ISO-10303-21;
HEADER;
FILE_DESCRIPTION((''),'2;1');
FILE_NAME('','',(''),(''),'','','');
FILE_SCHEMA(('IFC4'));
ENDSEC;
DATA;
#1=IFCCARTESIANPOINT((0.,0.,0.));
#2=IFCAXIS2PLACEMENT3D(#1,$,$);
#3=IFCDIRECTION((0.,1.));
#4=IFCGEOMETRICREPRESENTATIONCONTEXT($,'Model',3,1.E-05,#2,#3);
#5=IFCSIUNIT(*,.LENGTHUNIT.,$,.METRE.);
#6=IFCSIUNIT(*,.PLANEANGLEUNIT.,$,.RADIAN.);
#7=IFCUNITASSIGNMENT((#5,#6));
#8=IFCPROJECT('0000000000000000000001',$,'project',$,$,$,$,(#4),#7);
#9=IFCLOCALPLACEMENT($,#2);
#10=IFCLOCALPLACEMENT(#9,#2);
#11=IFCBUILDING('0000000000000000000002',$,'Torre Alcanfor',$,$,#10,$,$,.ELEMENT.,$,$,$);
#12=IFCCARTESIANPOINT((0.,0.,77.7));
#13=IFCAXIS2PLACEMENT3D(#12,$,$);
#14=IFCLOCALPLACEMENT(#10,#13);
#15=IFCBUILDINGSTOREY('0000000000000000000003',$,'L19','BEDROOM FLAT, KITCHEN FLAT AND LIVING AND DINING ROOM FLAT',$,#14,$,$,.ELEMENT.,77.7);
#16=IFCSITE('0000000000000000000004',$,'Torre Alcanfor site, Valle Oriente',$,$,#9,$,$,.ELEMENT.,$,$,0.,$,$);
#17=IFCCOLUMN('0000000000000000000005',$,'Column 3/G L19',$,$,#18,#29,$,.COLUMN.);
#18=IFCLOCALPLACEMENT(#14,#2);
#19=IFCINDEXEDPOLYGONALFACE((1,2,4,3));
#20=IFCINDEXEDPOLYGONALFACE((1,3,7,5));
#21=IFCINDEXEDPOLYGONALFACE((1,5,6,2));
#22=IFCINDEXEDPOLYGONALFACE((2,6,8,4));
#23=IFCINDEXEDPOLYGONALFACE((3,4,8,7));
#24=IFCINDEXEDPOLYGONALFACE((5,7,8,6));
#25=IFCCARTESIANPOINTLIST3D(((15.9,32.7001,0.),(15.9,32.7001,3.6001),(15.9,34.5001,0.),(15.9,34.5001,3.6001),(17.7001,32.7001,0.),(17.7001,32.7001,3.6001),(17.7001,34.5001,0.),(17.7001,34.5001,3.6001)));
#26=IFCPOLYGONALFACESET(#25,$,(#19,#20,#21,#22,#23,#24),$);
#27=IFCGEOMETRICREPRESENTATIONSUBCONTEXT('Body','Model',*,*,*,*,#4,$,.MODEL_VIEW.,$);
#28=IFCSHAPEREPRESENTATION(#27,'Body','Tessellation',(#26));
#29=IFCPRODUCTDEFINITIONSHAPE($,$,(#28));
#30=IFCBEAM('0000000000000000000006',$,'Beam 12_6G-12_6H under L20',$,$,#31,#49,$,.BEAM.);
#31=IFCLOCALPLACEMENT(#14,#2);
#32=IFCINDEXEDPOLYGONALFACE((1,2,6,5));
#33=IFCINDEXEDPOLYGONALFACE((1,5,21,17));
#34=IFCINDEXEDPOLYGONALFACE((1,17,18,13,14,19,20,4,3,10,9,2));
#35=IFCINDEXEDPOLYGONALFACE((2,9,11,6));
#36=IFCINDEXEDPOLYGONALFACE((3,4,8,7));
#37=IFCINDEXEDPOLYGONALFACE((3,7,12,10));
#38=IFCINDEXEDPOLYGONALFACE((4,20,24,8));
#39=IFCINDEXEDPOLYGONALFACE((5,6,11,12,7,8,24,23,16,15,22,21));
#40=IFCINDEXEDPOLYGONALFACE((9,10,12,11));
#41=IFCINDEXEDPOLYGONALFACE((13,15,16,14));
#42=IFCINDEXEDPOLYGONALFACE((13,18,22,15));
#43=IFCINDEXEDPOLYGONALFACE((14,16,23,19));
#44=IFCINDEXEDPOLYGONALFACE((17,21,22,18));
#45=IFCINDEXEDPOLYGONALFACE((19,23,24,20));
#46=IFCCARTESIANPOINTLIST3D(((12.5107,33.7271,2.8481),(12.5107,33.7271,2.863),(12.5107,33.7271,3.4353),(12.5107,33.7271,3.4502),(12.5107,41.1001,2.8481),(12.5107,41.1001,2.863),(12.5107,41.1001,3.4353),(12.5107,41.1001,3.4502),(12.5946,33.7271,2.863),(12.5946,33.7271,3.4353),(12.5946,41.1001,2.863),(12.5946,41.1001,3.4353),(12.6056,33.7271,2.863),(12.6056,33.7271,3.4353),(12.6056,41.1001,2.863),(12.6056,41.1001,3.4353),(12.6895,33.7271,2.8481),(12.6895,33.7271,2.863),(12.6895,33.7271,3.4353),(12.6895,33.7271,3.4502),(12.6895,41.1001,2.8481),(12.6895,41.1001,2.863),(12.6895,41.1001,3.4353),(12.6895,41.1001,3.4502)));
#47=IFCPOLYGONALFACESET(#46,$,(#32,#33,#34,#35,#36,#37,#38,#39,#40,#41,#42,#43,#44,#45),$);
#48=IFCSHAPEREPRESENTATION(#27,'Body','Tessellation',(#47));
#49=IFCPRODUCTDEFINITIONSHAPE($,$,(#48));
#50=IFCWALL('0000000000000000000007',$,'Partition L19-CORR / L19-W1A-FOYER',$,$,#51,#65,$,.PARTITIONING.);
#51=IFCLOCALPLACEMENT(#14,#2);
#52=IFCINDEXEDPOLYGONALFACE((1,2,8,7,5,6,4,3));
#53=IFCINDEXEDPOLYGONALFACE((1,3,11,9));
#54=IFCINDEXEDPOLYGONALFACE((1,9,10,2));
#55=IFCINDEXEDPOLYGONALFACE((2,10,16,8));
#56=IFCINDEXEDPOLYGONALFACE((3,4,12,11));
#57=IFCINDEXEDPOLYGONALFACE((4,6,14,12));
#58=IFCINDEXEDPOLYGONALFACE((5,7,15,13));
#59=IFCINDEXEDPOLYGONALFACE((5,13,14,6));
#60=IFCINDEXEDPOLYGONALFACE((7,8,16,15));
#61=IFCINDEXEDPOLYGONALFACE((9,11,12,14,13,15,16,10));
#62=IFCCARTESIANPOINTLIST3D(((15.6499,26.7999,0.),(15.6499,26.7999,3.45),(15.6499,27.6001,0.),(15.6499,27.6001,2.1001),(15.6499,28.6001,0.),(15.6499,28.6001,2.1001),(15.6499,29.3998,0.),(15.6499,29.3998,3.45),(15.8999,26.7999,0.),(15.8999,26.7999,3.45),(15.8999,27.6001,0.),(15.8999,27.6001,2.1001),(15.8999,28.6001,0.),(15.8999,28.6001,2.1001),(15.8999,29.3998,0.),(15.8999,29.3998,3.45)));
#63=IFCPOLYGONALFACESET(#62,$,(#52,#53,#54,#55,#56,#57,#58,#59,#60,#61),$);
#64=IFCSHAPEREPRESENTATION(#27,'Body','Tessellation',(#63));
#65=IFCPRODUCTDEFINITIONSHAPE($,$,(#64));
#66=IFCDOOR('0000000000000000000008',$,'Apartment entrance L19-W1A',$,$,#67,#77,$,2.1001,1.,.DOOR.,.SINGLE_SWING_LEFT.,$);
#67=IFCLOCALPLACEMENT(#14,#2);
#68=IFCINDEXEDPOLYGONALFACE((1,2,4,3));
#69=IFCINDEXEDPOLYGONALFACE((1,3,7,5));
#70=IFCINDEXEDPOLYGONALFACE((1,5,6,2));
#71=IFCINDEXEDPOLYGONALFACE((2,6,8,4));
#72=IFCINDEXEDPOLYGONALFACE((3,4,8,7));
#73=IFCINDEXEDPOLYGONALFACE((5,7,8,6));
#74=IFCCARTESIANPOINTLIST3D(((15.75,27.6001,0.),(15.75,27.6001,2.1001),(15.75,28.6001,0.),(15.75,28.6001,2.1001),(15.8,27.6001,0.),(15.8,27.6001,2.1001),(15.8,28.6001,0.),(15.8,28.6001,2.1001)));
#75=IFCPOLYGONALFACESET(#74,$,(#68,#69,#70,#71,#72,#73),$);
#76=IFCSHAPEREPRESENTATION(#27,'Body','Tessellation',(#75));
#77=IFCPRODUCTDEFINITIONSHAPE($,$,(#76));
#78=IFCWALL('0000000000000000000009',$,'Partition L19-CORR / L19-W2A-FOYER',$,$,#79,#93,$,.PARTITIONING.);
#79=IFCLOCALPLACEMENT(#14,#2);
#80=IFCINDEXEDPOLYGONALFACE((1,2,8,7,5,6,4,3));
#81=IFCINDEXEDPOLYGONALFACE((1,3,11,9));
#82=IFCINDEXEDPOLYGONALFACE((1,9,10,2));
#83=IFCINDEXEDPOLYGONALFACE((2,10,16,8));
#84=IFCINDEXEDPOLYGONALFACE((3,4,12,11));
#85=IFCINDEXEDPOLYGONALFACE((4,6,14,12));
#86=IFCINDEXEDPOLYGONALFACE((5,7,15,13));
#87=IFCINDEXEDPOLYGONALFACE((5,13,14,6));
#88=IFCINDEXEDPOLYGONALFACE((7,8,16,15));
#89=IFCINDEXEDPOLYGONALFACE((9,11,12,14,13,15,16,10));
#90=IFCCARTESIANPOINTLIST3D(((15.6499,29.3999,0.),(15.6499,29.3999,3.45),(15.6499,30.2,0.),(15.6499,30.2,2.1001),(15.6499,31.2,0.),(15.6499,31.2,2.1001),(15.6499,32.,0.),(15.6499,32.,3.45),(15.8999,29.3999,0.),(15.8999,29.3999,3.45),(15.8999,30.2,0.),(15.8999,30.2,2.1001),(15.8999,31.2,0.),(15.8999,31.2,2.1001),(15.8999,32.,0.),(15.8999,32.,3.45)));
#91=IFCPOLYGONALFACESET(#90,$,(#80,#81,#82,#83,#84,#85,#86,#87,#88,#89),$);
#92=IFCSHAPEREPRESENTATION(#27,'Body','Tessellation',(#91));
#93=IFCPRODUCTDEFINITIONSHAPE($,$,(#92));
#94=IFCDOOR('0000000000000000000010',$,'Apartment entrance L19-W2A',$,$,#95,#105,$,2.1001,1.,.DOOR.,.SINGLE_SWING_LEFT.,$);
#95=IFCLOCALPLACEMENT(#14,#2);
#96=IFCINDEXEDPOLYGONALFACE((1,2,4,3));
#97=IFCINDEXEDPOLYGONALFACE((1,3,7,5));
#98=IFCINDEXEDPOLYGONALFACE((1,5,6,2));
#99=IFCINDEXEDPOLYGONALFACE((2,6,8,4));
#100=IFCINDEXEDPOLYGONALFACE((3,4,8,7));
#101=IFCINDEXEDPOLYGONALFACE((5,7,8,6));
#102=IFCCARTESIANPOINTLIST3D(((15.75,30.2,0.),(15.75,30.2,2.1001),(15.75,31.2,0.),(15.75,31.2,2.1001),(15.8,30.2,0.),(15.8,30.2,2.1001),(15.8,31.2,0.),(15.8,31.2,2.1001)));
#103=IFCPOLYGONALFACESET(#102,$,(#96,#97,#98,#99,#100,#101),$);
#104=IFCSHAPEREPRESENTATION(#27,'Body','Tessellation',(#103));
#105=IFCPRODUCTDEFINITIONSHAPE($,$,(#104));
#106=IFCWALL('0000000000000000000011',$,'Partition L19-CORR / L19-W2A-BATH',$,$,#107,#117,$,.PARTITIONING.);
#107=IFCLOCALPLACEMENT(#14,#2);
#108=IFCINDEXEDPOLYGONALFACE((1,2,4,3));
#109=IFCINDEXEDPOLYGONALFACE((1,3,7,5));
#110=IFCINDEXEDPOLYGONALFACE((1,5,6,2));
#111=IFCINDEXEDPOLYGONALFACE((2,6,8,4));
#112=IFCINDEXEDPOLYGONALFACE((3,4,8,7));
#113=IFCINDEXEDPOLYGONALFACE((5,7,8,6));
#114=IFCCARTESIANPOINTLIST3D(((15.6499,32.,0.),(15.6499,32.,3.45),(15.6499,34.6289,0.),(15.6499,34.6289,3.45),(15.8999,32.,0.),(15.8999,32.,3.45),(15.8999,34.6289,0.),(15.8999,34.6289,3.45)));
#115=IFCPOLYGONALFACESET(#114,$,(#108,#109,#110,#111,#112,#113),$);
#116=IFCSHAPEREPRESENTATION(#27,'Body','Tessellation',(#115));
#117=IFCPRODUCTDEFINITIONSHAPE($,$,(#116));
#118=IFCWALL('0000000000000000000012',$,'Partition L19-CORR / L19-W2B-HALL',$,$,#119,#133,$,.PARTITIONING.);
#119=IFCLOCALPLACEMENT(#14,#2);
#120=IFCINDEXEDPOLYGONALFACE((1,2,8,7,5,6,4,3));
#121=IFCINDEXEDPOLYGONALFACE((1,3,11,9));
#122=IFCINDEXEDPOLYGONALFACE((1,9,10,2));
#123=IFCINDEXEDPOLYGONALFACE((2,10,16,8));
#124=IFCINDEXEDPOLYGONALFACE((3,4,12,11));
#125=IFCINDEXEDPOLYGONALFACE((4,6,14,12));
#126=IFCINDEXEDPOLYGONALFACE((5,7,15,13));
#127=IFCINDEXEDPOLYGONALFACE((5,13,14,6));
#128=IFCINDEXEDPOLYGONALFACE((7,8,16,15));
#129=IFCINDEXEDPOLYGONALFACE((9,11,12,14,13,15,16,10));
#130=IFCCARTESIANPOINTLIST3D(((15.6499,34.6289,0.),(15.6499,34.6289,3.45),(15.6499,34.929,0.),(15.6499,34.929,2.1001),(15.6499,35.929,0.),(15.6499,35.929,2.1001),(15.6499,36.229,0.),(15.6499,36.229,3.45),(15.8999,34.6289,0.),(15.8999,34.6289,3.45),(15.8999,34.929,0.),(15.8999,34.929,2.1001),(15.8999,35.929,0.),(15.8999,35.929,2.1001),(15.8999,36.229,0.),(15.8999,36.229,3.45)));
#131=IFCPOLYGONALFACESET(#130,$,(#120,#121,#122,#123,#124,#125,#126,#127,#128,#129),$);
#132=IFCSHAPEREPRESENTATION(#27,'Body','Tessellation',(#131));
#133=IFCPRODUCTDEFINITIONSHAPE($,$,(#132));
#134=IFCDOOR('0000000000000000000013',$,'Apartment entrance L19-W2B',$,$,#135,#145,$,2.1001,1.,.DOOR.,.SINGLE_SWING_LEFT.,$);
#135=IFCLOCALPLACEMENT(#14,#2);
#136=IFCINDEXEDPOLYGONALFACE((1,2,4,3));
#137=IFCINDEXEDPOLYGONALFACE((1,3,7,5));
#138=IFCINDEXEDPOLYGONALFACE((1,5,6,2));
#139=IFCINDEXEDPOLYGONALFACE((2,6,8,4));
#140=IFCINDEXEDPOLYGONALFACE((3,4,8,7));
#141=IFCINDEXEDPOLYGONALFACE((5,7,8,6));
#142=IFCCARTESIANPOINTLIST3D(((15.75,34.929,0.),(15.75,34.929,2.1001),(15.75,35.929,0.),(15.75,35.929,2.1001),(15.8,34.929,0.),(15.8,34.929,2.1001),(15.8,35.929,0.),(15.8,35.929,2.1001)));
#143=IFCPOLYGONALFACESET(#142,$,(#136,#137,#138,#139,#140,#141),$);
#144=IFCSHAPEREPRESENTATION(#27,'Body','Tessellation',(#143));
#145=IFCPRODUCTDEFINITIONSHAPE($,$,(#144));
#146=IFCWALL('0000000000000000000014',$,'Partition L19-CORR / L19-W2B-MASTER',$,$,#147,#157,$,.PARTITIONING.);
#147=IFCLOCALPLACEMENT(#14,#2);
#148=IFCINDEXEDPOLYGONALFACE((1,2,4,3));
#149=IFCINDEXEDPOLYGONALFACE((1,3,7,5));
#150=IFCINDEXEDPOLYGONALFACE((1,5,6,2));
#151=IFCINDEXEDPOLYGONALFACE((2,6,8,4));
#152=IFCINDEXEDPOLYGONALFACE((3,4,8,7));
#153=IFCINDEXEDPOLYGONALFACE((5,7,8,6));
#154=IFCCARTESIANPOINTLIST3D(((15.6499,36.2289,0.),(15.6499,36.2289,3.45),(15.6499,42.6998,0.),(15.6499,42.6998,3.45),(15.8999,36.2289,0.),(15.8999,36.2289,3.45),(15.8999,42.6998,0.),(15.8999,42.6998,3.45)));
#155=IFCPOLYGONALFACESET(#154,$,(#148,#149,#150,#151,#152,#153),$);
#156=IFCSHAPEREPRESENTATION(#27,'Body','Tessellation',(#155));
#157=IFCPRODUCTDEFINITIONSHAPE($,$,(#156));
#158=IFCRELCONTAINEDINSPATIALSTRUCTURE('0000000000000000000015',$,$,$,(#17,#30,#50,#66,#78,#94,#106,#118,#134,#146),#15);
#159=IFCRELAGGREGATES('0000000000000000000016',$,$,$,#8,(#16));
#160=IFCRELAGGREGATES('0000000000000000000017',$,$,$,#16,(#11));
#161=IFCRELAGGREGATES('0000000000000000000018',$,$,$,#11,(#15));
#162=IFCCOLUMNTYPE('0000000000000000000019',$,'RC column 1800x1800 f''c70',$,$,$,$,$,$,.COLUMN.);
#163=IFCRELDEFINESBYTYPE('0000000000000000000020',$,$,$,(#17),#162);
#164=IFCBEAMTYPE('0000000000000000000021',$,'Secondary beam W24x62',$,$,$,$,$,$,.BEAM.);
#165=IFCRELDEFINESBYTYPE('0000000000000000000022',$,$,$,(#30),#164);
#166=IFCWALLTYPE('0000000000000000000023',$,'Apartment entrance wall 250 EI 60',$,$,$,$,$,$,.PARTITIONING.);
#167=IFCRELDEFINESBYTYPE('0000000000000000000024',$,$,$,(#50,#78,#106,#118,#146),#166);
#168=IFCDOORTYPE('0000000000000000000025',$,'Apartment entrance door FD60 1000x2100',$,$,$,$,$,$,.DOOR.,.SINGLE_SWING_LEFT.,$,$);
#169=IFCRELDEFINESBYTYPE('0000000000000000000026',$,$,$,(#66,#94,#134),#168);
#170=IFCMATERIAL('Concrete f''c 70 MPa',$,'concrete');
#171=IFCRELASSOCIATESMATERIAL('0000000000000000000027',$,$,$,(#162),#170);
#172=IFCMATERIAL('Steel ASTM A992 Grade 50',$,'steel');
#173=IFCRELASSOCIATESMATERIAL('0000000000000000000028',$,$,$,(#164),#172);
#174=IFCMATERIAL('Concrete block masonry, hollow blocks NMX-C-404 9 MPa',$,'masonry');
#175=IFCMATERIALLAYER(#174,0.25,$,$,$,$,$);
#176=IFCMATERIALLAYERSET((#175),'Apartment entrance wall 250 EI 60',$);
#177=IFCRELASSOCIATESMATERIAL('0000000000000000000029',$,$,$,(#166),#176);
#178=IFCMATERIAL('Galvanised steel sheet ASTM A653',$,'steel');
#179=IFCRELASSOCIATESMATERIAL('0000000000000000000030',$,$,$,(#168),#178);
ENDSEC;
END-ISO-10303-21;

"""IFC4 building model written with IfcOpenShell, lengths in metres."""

from ifc_helpers import new_model, si_unit, direction, frame, frame_2d, origin, origin_2d, place, context, subcontext, project, spatial, rectangle, i_section, extrude, material, layer, layer_set, material_profile, profile_set, type_object, element, fill, save


model = new_model("IFC4")

# Units and contexts
model_context = context("Model", 3, precision=1e-05, world=origin(), true_north=direction((0.0, 1.0)))
body_context = subcontext(model_context, "Body", "Model", "MODEL_VIEW")
ifc_project = project(units=[si_unit("LENGTHUNIT", "METRE"), si_unit("PLANEANGLEUNIT", "RADIAN")], contexts=[model_context])

# Site, building, storey
site_placement = place(None, origin())
site = spatial("IfcSite", under=ifc_project, at=site_placement, Name="Torre Alcanfor site, Valle Oriente", CompositionType="ELEMENT", RefElevation=0.0)
building_placement = place(site_placement, origin())
building = spatial("IfcBuilding", under=site, at=building_placement, Name="Torre Alcanfor", CompositionType="ELEMENT")
storey_placement = place(building_placement, frame((0.0, 0.0, 77.7)))
storey = spatial("IfcBuildingStorey", under=building, at=storey_placement, Name="L19", Description="BEDROOM FLAT, KITCHEN FLAT AND LIVING AND DINING ROOM FLAT", CompositionType="ELEMENT", Elevation=77.7)

# Column
ifc_material_1 = material(Name="Concrete f'c 70 MPa", Category="concrete")
ifc_material_profile_1 = material_profile(ifc_material_1, rectangle(XDim=1.8, YDim=1.8, at=origin_2d()), Name="1800x1800")
ifc_profile_set_1 = profile_set([ifc_material_profile_1], Name="Concrete f'c 70 MPa")
column_type = type_object("IfcColumnType", Name="RC column 1800x1800 f'c70", PredefinedType="COLUMN", material=ifc_profile_set_1)
column_placement = place(storey_placement, frame((16.8, 33.6001, 0.0), z_axis=(0.0, 0.0, 1.0), x_axis=(1.0, 0.0, 0.0)))
element("IfcColumn", 1, at=column_placement, inside=storey, type_object=column_type, Name="Column 3/G L19", PredefinedType="COLUMN", context=body_context, shape_type="SweptSolid", body=[
    extrude(rectangle(XDim=1.8, YDim=1.8, at=origin_2d()), origin(), (0.0, 0.0, 1.0), 3.6001),
])

# Beam
ifc_material_2 = material(Name="Steel ASTM A992 Grade 50", Category="steel")
ifc_material_profile_2 = material_profile(ifc_material_2, i_section(OverallWidth=0.1787, OverallDepth=0.6021, WebThickness=0.011, FlangeThickness=0.0149, at=origin_2d()), Name="W24x62")
ifc_profile_set_2 = profile_set([ifc_material_profile_2], Name="Steel ASTM A992 Grade 50")
beam_type = type_object("IfcBeamType", Name="Secondary beam W24x62", PredefinedType="BEAM", material=ifc_profile_set_2)
beam_placement = place(storey_placement, frame((12.6001, 33.7271, 3.1492), z_axis=(0.0, 1.0, 0.0), x_axis=(-1.0, 0.0, 0.0)))
element("IfcBeam", 2, at=beam_placement, inside=storey, type_object=beam_type, Name="Beam 12_6G-12_6H under L20", PredefinedType="BEAM", context=body_context, shape_type="SweptSolid", body=[
    extrude(i_section(OverallWidth=0.1787, OverallDepth=0.6021, WebThickness=0.011, FlangeThickness=0.0149, at=origin_2d()), origin(), (0.0, 0.0, 1.0), 7.373),
])

# Walls, openings, doors
ifc_material_3 = material(Name="Concrete block masonry, hollow blocks NMX-C-404 9 MPa", Category="masonry")
ifc_layer_1 = layer(ifc_material_3, 0.25)
ifc_layer_set_1 = layer_set([ifc_layer_1], Name="Apartment entrance wall 250 EI 60")
wall_type_1 = type_object("IfcWallType", Name="Apartment entrance wall 250 EI 60", PredefinedType="PARTITIONING", material=ifc_layer_set_1)
wall_1_placement = place(storey_placement, frame((15.7749, 26.8, 0.0), z_axis=(0.0, 0.0, 1.0), x_axis=(0.0, 1.0, 0.0)))
wall_1 = element("IfcWall", 3, at=wall_1_placement, inside=storey, type_object=wall_type_1, Name="Partition L19-CORR / L19-W1A-FOYER", PredefinedType="PARTITIONING", context=body_context, shape_type="SweptSolid", body=[
    extrude(rectangle(XDim=2.5999, YDim=0.25, at=frame_2d((1.2998, 0.0))), origin(), (0.0, 0.0, 1.0), 3.45),
])
opening_1_placement = place(wall_1_placement, frame((0.8, 0.0, 0.0)))
opening_1 = element("IfcOpeningElement", 4, at=opening_1_placement, cuts=wall_1, PredefinedType="OPENING", context=body_context, shape_type="SweptSolid", body=[
    extrude(rectangle(XDim=1.0, YDim=2.1001, at=frame_2d((0.5, 1.05))), frame((0.0, 0.135, 0.0), z_axis=(0.0, -1.0, 0.0), x_axis=(1.0, 0.0, 0.0)), (0.0, 0.0, 1.0), 0.27),
])
ifc_material_4 = material(Name="Galvanised steel sheet ASTM A653", Category="steel")
door_type_1 = type_object("IfcDoorType", Name="Apartment entrance door FD60 1000x2100", OperationType="SINGLE_SWING_LEFT", PredefinedType="DOOR", material=ifc_material_4)
door_1_placement = place(opening_1_placement, origin())
door_1 = element("IfcDoor", 5, at=door_1_placement, inside=storey, type_object=door_type_1, Name="Apartment entrance L19-W1A", OperationType="SINGLE_SWING_LEFT", OverallHeight=2.1001, OverallWidth=1.0, PredefinedType="DOOR", context=body_context, shape_type="SweptSolid", body=[
    extrude(rectangle(XDim=1.0, YDim=2.1001, at=frame_2d((0.5, 1.05))), frame((0.0, 0.0249, 0.0), z_axis=(0.0, -1.0, 0.0), x_axis=(1.0, 0.0, 0.0)), (0.0, 0.0, 1.0), 0.05),
])
fill(opening_1, door_1)
wall_2_placement = place(storey_placement, frame((15.7749, 29.3999, 0.0), z_axis=(0.0, 0.0, 1.0), x_axis=(0.0, 1.0, 0.0)))
wall_2 = element("IfcWall", 6, at=wall_2_placement, inside=storey, type_object=wall_type_1, Name="Partition L19-CORR / L19-W2A-FOYER", PredefinedType="PARTITIONING", context=body_context, shape_type="SweptSolid", body=[
    extrude(rectangle(XDim=2.6001, YDim=0.25, at=frame_2d((1.3, 0.0))), origin(), (0.0, 0.0, 1.0), 3.45),
])
opening_2_placement = place(wall_2_placement, frame((0.8, 0.0, 0.0)))
opening_2 = element("IfcOpeningElement", 7, at=opening_2_placement, cuts=wall_2, PredefinedType="OPENING", context=body_context, shape_type="SweptSolid", body=[
    extrude(rectangle(XDim=1.0, YDim=2.1001, at=frame_2d((0.5, 1.05))), frame((0.0, 0.135, 0.0), z_axis=(0.0, -1.0, 0.0), x_axis=(1.0, 0.0, 0.0)), (0.0, 0.0, 1.0), 0.27),
])
door_2_placement = place(opening_2_placement, origin())
door_2 = element("IfcDoor", 8, at=door_2_placement, inside=storey, type_object=door_type_1, Name="Apartment entrance L19-W2A", OperationType="SINGLE_SWING_LEFT", OverallHeight=2.1001, OverallWidth=1.0, PredefinedType="DOOR", context=body_context, shape_type="SweptSolid", body=[
    extrude(rectangle(XDim=1.0, YDim=2.1001, at=frame_2d((0.5, 1.05))), frame((0.0, 0.0249, 0.0), z_axis=(0.0, -1.0, 0.0), x_axis=(1.0, 0.0, 0.0)), (0.0, 0.0, 1.0), 0.05),
])
fill(opening_2, door_2)

# Wall
wall_3_placement = place(storey_placement, frame((15.7749, 32.0, 0.0), z_axis=(0.0, 0.0, 1.0), x_axis=(0.0, 1.0, 0.0)))
element("IfcWall", 9, at=wall_3_placement, inside=storey, type_object=wall_type_1, Name="Partition L19-CORR / L19-W2A-BATH", PredefinedType="PARTITIONING", context=body_context, shape_type="SweptSolid", body=[
    extrude(rectangle(XDim=2.6289, YDim=0.25, at=frame_2d((1.3145, 0.0))), origin(), (0.0, 0.0, 1.0), 3.45),
])

# Wall, opening, door
wall_4_placement = place(storey_placement, frame((15.7749, 34.6289, 0.0), z_axis=(0.0, 0.0, 1.0), x_axis=(0.0, 1.0, 0.0)))
wall_4 = element("IfcWall", 10, at=wall_4_placement, inside=storey, type_object=wall_type_1, Name="Partition L19-CORR / L19-W2B-HALL", PredefinedType="PARTITIONING", context=body_context, shape_type="SweptSolid", body=[
    extrude(rectangle(XDim=1.6001, YDim=0.25, at=frame_2d((0.8, 0.0))), origin(), (0.0, 0.0, 1.0), 3.45),
])
opening_3_placement = place(wall_4_placement, frame((0.3, 0.0, 0.0)))
opening_3 = element("IfcOpeningElement", 11, at=opening_3_placement, cuts=wall_4, PredefinedType="OPENING", context=body_context, shape_type="SweptSolid", body=[
    extrude(rectangle(XDim=1.0, YDim=2.1001, at=frame_2d((0.5, 1.05))), frame((0.0, 0.135, 0.0), z_axis=(0.0, -1.0, 0.0), x_axis=(1.0, 0.0, 0.0)), (0.0, 0.0, 1.0), 0.27),
])
door_3_placement = place(opening_3_placement, origin())
door_3 = element("IfcDoor", 12, at=door_3_placement, inside=storey, type_object=door_type_1, Name="Apartment entrance L19-W2B", OperationType="SINGLE_SWING_LEFT", OverallHeight=2.1001, OverallWidth=1.0, PredefinedType="DOOR", context=body_context, shape_type="SweptSolid", body=[
    extrude(rectangle(XDim=1.0, YDim=2.1001, at=frame_2d((0.5, 1.05))), frame((0.0, 0.0249, 0.0), z_axis=(0.0, -1.0, 0.0), x_axis=(1.0, 0.0, 0.0)), (0.0, 0.0, 1.0), 0.05),
])
fill(opening_3, door_3)

# Wall
wall_5_placement = place(storey_placement, frame((15.7749, 36.229, 0.0), z_axis=(0.0, 0.0, 1.0), x_axis=(0.0, 1.0, 0.0)))
element("IfcWall", 13, at=wall_5_placement, inside=storey, type_object=wall_type_1, Name="Partition L19-CORR / L19-W2B-MASTER", PredefinedType="PARTITIONING", context=body_context, shape_type="SweptSolid", body=[
    extrude(rectangle(XDim=6.4709, YDim=0.25, at=frame_2d((3.2354, 0.0))), origin(), (0.0, 0.0, 1.0), 3.45),
])

save(model, "model.ifc")
